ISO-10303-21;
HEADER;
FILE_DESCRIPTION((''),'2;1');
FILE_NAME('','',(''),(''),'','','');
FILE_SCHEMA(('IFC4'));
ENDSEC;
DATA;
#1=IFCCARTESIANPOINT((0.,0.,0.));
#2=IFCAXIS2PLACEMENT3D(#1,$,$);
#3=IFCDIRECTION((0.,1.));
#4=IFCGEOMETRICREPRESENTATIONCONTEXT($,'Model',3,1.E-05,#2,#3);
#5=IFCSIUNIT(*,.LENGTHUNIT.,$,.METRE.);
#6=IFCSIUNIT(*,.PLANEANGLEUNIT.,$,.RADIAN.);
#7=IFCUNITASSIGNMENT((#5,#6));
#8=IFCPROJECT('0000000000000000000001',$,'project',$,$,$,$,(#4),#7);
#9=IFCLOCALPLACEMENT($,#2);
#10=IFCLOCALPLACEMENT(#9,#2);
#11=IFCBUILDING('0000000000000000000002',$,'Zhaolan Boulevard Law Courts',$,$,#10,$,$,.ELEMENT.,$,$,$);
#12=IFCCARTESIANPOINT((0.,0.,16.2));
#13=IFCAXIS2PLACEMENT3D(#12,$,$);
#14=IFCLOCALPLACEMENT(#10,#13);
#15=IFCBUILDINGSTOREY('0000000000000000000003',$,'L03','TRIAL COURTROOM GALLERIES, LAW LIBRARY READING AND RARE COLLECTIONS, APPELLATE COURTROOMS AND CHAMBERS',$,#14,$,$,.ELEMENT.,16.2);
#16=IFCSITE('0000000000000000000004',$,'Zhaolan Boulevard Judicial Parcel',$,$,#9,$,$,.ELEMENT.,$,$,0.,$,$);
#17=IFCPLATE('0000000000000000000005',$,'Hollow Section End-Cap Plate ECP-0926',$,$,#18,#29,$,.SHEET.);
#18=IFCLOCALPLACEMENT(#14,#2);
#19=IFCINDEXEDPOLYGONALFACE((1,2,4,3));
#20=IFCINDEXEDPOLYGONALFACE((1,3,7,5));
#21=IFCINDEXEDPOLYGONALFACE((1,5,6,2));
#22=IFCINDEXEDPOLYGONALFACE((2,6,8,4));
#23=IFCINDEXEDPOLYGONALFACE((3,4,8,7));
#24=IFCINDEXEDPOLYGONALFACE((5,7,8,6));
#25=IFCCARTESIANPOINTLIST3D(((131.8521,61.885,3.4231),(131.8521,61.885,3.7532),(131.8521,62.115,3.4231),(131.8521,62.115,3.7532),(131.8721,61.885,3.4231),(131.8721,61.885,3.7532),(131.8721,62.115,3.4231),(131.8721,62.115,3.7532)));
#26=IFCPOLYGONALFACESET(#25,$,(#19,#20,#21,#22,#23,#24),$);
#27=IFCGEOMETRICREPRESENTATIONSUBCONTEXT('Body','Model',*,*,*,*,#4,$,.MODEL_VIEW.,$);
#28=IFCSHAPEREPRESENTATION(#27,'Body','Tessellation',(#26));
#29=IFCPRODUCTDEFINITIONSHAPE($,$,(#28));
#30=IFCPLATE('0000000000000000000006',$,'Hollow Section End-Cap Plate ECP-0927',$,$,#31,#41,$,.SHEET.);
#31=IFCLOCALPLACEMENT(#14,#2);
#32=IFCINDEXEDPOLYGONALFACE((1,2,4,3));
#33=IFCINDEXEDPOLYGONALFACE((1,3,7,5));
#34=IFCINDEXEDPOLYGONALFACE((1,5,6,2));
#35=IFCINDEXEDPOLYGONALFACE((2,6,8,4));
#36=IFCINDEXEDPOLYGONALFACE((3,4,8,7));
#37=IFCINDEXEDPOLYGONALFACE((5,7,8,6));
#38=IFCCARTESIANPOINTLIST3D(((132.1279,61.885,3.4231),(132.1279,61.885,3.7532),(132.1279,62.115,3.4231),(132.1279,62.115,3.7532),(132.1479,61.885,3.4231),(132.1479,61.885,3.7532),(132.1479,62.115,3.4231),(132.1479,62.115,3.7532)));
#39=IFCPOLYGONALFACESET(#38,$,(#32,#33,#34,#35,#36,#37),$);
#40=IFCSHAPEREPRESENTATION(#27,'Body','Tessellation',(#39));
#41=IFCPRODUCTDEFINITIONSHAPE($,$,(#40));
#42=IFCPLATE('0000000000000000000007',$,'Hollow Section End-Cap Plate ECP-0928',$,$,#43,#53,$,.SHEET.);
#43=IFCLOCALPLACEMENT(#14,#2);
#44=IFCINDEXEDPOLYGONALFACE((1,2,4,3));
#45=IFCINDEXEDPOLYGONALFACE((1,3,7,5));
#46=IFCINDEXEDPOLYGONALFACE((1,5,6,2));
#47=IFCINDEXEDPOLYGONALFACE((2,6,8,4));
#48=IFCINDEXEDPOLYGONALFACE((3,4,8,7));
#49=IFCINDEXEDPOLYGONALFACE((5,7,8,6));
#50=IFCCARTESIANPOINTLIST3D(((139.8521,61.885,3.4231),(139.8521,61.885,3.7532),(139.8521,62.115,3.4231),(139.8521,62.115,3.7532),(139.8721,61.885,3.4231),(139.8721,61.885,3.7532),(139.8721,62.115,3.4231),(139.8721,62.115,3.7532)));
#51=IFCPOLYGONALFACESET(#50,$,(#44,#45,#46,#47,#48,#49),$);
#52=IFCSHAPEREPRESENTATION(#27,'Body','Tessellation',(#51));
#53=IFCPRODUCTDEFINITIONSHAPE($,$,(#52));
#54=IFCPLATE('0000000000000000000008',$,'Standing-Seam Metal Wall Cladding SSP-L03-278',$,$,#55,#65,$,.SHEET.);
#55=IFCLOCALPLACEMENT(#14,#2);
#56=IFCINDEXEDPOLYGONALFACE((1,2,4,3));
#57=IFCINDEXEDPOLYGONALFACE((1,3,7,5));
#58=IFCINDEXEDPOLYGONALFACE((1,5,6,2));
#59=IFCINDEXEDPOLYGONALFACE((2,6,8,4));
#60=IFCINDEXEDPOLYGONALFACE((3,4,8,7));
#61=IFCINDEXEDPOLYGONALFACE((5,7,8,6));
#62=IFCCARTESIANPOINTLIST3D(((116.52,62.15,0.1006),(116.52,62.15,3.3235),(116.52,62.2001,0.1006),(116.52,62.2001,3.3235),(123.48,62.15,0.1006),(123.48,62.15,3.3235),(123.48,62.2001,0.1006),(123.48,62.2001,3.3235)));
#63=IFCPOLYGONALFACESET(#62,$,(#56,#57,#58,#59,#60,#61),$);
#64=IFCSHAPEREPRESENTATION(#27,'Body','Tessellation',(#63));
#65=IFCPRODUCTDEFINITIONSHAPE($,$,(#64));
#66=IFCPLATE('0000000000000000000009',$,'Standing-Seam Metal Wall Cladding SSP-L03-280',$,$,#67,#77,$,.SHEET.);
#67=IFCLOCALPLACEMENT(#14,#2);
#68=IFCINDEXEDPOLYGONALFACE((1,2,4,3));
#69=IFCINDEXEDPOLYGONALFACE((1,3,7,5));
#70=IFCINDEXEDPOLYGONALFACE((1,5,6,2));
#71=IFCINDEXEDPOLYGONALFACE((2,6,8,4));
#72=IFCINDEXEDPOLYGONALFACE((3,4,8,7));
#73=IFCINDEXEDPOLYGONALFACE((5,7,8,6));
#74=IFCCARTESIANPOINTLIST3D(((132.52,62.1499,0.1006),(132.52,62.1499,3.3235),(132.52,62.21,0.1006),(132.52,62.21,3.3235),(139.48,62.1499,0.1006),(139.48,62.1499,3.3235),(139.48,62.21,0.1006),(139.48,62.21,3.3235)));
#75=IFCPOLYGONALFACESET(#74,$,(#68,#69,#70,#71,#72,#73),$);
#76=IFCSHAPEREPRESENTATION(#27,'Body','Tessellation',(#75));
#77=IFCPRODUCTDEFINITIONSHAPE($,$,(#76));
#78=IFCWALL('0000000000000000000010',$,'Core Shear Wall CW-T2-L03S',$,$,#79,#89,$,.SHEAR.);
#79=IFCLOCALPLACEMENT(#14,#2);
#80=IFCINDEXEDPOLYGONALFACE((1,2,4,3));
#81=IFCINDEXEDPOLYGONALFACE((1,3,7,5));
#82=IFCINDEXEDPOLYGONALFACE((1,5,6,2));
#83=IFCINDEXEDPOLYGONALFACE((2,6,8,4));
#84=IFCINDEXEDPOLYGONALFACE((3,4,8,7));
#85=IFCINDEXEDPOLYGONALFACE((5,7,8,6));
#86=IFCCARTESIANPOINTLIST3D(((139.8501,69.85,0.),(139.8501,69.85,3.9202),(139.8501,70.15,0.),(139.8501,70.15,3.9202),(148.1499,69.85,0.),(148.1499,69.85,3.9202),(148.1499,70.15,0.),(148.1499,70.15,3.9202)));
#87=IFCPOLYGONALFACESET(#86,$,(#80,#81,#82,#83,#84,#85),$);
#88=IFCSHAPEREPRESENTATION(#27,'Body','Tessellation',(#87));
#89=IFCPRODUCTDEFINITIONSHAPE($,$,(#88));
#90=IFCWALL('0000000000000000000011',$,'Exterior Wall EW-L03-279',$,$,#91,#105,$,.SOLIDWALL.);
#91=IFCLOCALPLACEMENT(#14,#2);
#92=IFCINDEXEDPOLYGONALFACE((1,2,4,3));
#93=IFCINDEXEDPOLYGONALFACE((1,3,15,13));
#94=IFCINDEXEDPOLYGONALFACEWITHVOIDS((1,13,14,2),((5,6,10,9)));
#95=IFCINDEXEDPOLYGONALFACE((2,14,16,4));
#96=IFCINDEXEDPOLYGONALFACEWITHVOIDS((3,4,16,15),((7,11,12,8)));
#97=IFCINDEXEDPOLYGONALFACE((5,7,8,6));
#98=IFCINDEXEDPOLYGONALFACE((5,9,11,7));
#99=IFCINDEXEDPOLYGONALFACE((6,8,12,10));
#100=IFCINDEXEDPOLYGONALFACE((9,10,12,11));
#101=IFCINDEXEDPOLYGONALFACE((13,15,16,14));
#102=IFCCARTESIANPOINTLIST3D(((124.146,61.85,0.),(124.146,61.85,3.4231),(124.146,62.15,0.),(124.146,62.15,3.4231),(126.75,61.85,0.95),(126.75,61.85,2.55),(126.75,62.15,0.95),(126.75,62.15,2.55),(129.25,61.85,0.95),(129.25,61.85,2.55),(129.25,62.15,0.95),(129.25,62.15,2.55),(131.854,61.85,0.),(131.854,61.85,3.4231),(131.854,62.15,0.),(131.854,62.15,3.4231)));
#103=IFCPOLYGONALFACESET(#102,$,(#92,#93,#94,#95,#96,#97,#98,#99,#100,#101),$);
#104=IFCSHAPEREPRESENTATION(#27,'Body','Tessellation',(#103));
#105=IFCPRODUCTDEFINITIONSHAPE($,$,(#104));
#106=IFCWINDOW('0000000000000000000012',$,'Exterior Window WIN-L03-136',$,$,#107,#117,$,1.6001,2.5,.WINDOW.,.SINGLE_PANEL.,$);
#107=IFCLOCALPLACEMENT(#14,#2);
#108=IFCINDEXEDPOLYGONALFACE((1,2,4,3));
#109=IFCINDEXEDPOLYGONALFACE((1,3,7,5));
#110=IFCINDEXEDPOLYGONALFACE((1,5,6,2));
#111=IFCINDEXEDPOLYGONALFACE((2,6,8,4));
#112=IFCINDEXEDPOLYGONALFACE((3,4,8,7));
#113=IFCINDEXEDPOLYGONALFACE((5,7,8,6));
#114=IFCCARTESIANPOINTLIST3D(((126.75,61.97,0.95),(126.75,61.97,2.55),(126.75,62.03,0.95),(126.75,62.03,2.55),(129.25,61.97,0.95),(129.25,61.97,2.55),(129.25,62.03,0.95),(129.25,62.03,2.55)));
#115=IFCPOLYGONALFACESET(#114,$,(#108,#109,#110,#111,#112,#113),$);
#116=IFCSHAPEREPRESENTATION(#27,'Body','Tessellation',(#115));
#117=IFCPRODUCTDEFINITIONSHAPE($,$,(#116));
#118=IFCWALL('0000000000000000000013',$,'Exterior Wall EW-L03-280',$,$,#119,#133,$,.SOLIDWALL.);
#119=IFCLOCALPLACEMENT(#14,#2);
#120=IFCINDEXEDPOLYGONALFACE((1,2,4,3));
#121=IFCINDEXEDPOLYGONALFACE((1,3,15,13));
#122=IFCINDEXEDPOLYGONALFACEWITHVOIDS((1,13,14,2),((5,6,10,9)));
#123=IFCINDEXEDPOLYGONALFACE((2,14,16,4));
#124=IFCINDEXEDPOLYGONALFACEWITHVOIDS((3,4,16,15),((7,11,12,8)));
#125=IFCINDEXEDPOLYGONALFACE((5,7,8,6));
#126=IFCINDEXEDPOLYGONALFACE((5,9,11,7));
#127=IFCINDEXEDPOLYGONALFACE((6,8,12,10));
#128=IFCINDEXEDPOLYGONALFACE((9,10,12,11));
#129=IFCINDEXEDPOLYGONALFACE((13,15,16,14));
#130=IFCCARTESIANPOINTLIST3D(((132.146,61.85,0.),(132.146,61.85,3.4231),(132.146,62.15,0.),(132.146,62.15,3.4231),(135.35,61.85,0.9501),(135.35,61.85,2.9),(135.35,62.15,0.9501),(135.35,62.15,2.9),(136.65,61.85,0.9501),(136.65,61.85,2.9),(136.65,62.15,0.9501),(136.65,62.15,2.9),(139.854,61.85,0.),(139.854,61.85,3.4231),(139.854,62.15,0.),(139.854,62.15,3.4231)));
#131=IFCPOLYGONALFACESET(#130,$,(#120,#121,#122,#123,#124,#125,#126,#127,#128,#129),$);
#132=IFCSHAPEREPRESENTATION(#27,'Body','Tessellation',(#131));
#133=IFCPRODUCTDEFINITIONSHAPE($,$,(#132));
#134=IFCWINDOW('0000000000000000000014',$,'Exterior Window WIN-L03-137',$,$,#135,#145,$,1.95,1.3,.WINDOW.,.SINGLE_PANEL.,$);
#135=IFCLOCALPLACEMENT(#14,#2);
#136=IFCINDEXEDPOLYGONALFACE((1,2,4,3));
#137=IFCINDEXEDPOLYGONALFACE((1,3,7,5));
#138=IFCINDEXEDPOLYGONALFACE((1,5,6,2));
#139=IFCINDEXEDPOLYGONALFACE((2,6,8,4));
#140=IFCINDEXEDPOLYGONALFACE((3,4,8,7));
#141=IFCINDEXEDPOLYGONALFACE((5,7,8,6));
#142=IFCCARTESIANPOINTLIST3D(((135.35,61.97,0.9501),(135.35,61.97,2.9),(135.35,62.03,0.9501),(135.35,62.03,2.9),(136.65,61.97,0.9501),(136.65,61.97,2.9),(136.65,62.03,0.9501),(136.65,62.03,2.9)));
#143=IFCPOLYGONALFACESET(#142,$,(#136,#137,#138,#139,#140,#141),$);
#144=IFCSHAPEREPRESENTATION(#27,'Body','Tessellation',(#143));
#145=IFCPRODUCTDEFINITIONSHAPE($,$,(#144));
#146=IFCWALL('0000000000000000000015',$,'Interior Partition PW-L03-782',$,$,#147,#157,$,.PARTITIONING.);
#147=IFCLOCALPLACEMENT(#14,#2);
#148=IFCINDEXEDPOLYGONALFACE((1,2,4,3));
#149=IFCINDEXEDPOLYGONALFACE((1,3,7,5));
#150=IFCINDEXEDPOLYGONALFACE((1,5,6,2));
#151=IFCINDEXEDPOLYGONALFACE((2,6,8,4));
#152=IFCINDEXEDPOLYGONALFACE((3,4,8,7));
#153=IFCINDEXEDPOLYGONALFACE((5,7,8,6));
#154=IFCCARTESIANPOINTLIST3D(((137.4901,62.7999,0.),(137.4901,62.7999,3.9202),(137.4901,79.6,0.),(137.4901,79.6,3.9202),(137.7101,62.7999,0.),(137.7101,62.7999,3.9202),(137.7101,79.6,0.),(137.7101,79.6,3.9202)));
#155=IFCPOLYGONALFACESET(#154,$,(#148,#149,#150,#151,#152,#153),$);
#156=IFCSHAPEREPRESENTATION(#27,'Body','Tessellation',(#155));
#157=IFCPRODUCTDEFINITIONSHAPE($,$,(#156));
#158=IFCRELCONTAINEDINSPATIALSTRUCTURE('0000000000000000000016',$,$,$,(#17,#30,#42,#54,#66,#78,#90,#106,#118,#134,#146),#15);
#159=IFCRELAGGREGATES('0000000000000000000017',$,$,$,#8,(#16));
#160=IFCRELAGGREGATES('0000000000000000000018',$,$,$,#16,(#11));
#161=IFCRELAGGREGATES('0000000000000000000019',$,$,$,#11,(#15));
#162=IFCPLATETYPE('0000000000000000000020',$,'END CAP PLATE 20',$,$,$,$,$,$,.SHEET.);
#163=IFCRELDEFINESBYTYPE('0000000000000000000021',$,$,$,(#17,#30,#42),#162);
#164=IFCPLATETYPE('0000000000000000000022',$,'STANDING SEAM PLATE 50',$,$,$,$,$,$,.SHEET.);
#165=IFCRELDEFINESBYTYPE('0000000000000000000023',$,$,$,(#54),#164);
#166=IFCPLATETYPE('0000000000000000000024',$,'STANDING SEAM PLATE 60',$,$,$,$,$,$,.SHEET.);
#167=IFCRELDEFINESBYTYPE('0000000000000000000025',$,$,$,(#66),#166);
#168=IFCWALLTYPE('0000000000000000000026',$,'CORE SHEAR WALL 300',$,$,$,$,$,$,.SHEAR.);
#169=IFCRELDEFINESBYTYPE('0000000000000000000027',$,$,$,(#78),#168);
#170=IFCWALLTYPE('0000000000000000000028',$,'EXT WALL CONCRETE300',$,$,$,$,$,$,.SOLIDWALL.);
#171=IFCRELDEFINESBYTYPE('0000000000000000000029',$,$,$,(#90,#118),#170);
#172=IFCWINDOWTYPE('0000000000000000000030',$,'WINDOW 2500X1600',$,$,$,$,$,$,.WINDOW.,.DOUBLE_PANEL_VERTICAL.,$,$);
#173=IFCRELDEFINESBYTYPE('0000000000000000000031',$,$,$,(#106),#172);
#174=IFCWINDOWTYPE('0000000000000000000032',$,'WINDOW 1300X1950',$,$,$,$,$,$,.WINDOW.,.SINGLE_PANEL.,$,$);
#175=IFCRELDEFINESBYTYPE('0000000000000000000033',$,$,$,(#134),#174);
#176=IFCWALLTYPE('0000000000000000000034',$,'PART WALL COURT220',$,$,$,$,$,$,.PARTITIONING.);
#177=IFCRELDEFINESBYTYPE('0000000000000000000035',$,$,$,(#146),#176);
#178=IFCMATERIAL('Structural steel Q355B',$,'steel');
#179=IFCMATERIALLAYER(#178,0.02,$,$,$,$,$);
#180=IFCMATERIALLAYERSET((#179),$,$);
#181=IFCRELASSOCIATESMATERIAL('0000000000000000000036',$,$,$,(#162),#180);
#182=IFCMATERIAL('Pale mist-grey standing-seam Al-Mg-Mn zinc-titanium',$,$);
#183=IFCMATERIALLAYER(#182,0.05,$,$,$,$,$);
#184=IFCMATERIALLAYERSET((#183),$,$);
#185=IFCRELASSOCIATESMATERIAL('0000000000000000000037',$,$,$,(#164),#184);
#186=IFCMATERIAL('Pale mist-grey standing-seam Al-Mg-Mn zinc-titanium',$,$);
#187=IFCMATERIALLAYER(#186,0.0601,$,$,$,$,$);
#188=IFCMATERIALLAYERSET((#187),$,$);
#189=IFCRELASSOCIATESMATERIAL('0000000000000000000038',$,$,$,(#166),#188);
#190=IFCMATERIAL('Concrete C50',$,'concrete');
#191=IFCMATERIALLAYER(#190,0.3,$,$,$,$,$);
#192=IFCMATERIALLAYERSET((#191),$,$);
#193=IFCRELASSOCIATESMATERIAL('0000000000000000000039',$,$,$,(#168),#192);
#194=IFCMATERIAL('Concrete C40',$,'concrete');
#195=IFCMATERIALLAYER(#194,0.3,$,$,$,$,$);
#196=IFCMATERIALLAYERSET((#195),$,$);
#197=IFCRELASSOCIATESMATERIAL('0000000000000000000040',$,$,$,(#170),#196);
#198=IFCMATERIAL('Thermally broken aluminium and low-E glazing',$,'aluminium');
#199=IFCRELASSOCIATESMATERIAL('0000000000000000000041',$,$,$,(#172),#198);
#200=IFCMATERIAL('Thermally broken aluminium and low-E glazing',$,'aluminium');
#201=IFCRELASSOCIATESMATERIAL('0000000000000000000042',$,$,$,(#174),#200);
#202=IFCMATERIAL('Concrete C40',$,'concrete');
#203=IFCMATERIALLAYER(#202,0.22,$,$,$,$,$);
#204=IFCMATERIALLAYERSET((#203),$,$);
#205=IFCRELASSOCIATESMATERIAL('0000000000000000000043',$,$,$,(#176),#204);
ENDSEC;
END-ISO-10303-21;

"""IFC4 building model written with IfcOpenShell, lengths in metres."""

from ifc_helpers import new_model, si_unit, direction, frame, frame_2d, origin, origin_2d, place, context, subcontext, project, spatial, rectangle, extrude, material, layer, layer_set, type_object, element, fill, save


model = new_model("IFC4")

# Units and contexts
model_context = context("Model", 3, precision=1e-05, world=origin(), true_north=direction((0.0, 1.0)))
body_context = subcontext(model_context, "Body", "Model", "MODEL_VIEW")
ifc_project = project(units=[si_unit("LENGTHUNIT", "METRE"), si_unit("PLANEANGLEUNIT", "RADIAN")], contexts=[model_context])

# Site, building, storey
site_placement = place(None, origin())
site = spatial("IfcSite", under=ifc_project, at=site_placement, Name="Zhaolan Boulevard Judicial Parcel", CompositionType="ELEMENT", RefElevation=0.0)
building_placement = place(site_placement, origin())
building = spatial("IfcBuilding", under=site, at=building_placement, Name="Zhaolan Boulevard Law Courts", CompositionType="ELEMENT")
storey_placement = place(building_placement, frame((0.0, 0.0, 16.2)))
storey = spatial("IfcBuildingStorey", under=building, at=storey_placement, Name="L03", Description="TRIAL COURTROOM GALLERIES, LAW LIBRARY READING AND RARE COLLECTIONS, APPELLATE COURTROOMS AND CHAMBERS", CompositionType="ELEMENT", Elevation=16.2)

# Plates
ifc_material_1 = material(Name="Structural steel Q355B", Category="steel")
ifc_layer_1 = layer(ifc_material_1, 0.02)
ifc_layer_set_1 = layer_set([ifc_layer_1])
plate_type_1 = type_object("IfcPlateType", Name="END CAP PLATE 20", PredefinedType="SHEET", material=ifc_layer_set_1)
for number, where, z_axis, x_axis, name in (
    (1, (131.8621, 62.0, 3.4231), (0.0, 0.0, 1.0), (1.0, 0.0, 0.0), "Hollow Section End-Cap Plate ECP-0926"),
    (2, (132.1379, 62.0, 3.4231), (0.0, 0.0, 1.0), (1.0, 0.0, 0.0), "Hollow Section End-Cap Plate ECP-0927"),
    (3, (139.8621, 62.0, 3.4231), (0.0, 0.0, 1.0), (1.0, 0.0, 0.0), "Hollow Section End-Cap Plate ECP-0928"),
):
    element("IfcPlate", number, at=place(storey_placement, frame(where, z_axis=z_axis, x_axis=x_axis)), inside=storey, type_object=plate_type_1, Name=name, PredefinedType="SHEET", context=body_context, shape_type="SweptSolid", body=[
        extrude(rectangle(XDim=0.02, YDim=0.23, at=origin_2d()), origin(), (0.0, 0.0, 1.0), 0.3301),
    ])
ifc_material_2 = material(Name="Pale mist-grey standing-seam Al-Mg-Mn zinc-titanium")
ifc_layer_2 = layer(ifc_material_2, 0.05)
ifc_layer_set_2 = layer_set([ifc_layer_2])
plate_type_2 = type_object("IfcPlateType", Name="STANDING SEAM PLATE 50", PredefinedType="SHEET", material=ifc_layer_set_2)
plate_1_placement = place(storey_placement, frame((120.0, 62.175, 0.1006), z_axis=(0.0, 0.0, 1.0), x_axis=(1.0, 0.0, 0.0)))
element("IfcPlate", 4, at=plate_1_placement, inside=storey, type_object=plate_type_2, Name="Standing-Seam Metal Wall Cladding SSP-L03-278", PredefinedType="SHEET", context=body_context, shape_type="SweptSolid", body=[
    extrude(rectangle(XDim=6.96, YDim=0.05, at=origin_2d()), origin(), (0.0, 0.0, 1.0), 3.2229),
])
ifc_material_3 = material(Name="Pale mist-grey standing-seam Al-Mg-Mn zinc-titanium")
ifc_layer_3 = layer(ifc_material_3, 0.0601)
ifc_layer_set_3 = layer_set([ifc_layer_3])
plate_type_3 = type_object("IfcPlateType", Name="STANDING SEAM PLATE 60", PredefinedType="SHEET", material=ifc_layer_set_3)
plate_2_placement = place(storey_placement, frame((136.0, 62.1799, 0.1006), z_axis=(0.0, 0.0, 1.0), x_axis=(1.0, 0.0, 0.0)))
element("IfcPlate", 5, at=plate_2_placement, inside=storey, type_object=plate_type_3, Name="Standing-Seam Metal Wall Cladding SSP-L03-280", PredefinedType="SHEET", context=body_context, shape_type="SweptSolid", body=[
    extrude(rectangle(XDim=6.96, YDim=0.0601, at=origin_2d()), origin(), (0.0, 0.0, 1.0), 3.2229),
])

# Wall
ifc_material_4 = material(Name="Concrete C50", Category="concrete")
ifc_layer_4 = layer(ifc_material_4, 0.3)
ifc_layer_set_4 = layer_set([ifc_layer_4])
wall_type_1 = type_object("IfcWallType", Name="CORE SHEAR WALL 300", PredefinedType="SHEAR", material=ifc_layer_set_4)
wall_1_placement = place(storey_placement, frame((139.8501, 70.0, 0.0), z_axis=(0.0, 0.0, 1.0), x_axis=(1.0, 0.0, 0.0)))
element("IfcWall", 6, at=wall_1_placement, inside=storey, type_object=wall_type_1, Name="Core Shear Wall CW-T2-L03S", PredefinedType="SHEAR", context=body_context, shape_type="SweptSolid", body=[
    extrude(rectangle(XDim=8.2998, YDim=0.3, at=frame_2d((4.1499, 0.0))), origin(), (0.0, 0.0, 1.0), 3.9202),
])

# Walls, openings, windows
ifc_material_5 = material(Name="Concrete C40", Category="concrete")
ifc_layer_5 = layer(ifc_material_5, 0.3)
ifc_layer_set_5 = layer_set([ifc_layer_5])
wall_type_2 = type_object("IfcWallType", Name="EXT WALL CONCRETE300", PredefinedType="SOLIDWALL", material=ifc_layer_set_5)
wall_2_placement = place(storey_placement, frame((124.146, 62.0, 0.0), z_axis=(0.0, 0.0, 1.0), x_axis=(1.0, 0.0, 0.0)))
wall_2 = element("IfcWall", 7, at=wall_2_placement, inside=storey, type_object=wall_type_2, Name="Exterior Wall EW-L03-279", PredefinedType="SOLIDWALL", context=body_context, shape_type="SweptSolid", body=[
    extrude(rectangle(XDim=7.708, YDim=0.3, at=frame_2d((3.854, 0.0))), origin(), (0.0, 0.0, 1.0), 3.4231),
])
opening_1_placement = place(wall_2_placement, frame((2.604, 0.0, 0.95)))
opening_1 = element("IfcOpeningElement", 8, at=opening_1_placement, cuts=wall_2, PredefinedType="OPENING", context=body_context, shape_type="SweptSolid", body=[
    extrude(rectangle(XDim=2.5, YDim=1.6001, at=frame_2d((1.25, 0.8))), frame((0.0, 0.1599, 0.0), z_axis=(0.0, -1.0, 0.0), x_axis=(1.0, 0.0, 0.0)), (0.0, 0.0, 1.0), 0.3201),
])
ifc_material_6 = material(Name="Thermally broken aluminium and low-E glazing", Category="aluminium")
window_type_1 = type_object("IfcWindowType", Name="WINDOW 2500X1600", PartitioningType="DOUBLE_PANEL_VERTICAL", PredefinedType="WINDOW", material=ifc_material_6)
window_1_placement = place(opening_1_placement, origin())
window_1 = element("IfcWindow", 9, at=window_1_placement, inside=storey, type_object=window_type_1, Name="Exterior Window WIN-L03-136", OverallHeight=1.6001, OverallWidth=2.5, PartitioningType="SINGLE_PANEL", PredefinedType="WINDOW", context=body_context, shape_type="SweptSolid", body=[
    extrude(rectangle(XDim=2.5, YDim=1.6001, at=frame_2d((1.25, 0.8))), frame((0.0, 0.03, 0.0), z_axis=(0.0, -1.0, 0.0), x_axis=(1.0, 0.0, 0.0)), (0.0, 0.0, 1.0), 0.0601),
])
fill(opening_1, window_1)
wall_3_placement = place(storey_placement, frame((132.146, 62.0, 0.0), z_axis=(0.0, 0.0, 1.0), x_axis=(1.0, 0.0, 0.0)))
wall_3 = element("IfcWall", 10, at=wall_3_placement, inside=storey, type_object=wall_type_2, Name="Exterior Wall EW-L03-280", PredefinedType="SOLIDWALL", context=body_context, shape_type="SweptSolid", body=[
    extrude(rectangle(XDim=7.708, YDim=0.3, at=frame_2d((3.854, 0.0))), origin(), (0.0, 0.0, 1.0), 3.4231),
])
opening_2_placement = place(wall_3_placement, frame((3.2041, 0.0, 0.95)))
opening_2 = element("IfcOpeningElement", 11, at=opening_2_placement, cuts=wall_3, PredefinedType="OPENING", context=body_context, shape_type="SweptSolid", body=[
    extrude(rectangle(XDim=1.3, YDim=1.95, at=frame_2d((0.6499, 0.9751))), frame((0.0, 0.1599, 0.0), z_axis=(0.0, -1.0, 0.0), x_axis=(1.0, 0.0, 0.0)), (0.0, 0.0, 1.0), 0.3201),
])
ifc_material_7 = material(Name="Thermally broken aluminium and low-E glazing", Category="aluminium")
window_type_2 = type_object("IfcWindowType", Name="WINDOW 1300X1950", PartitioningType="SINGLE_PANEL", PredefinedType="WINDOW", material=ifc_material_7)
window_2_placement = place(opening_2_placement, origin())
window_2 = element("IfcWindow", 12, at=window_2_placement, inside=storey, type_object=window_type_2, Name="Exterior Window WIN-L03-137", OverallHeight=1.95, OverallWidth=1.3, PartitioningType="SINGLE_PANEL", PredefinedType="WINDOW", context=body_context, shape_type="SweptSolid", body=[
    extrude(rectangle(XDim=1.3, YDim=1.95, at=frame_2d((0.6499, 0.9751))), frame((0.0, 0.03, 0.0), z_axis=(0.0, -1.0, 0.0), x_axis=(1.0, 0.0, 0.0)), (0.0, 0.0, 1.0), 0.0601),
])
fill(opening_2, window_2)

# Wall
ifc_material_8 = material(Name="Concrete C40", Category="concrete")
ifc_layer_6 = layer(ifc_material_8, 0.22)
ifc_layer_set_6 = layer_set([ifc_layer_6])
wall_type_3 = type_object("IfcWallType", Name="PART WALL COURT220", PredefinedType="PARTITIONING", material=ifc_layer_set_6)
wall_4_placement = place(storey_placement, frame((137.6001, 62.8, 0.0), z_axis=(0.0, 0.0, 1.0), x_axis=(0.0, 1.0, 0.0)))
element("IfcWall", 13, at=wall_4_placement, inside=storey, type_object=wall_type_3, Name="Interior Partition PW-L03-782", PredefinedType="PARTITIONING", context=body_context, shape_type="SweptSolid", body=[
    extrude(rectangle(XDim=16.8, YDim=0.22, at=frame_2d((8.3999, 0.0))), origin(), (0.0, 0.0, 1.0), 3.9202),
])

save(model, "model.ifc")
